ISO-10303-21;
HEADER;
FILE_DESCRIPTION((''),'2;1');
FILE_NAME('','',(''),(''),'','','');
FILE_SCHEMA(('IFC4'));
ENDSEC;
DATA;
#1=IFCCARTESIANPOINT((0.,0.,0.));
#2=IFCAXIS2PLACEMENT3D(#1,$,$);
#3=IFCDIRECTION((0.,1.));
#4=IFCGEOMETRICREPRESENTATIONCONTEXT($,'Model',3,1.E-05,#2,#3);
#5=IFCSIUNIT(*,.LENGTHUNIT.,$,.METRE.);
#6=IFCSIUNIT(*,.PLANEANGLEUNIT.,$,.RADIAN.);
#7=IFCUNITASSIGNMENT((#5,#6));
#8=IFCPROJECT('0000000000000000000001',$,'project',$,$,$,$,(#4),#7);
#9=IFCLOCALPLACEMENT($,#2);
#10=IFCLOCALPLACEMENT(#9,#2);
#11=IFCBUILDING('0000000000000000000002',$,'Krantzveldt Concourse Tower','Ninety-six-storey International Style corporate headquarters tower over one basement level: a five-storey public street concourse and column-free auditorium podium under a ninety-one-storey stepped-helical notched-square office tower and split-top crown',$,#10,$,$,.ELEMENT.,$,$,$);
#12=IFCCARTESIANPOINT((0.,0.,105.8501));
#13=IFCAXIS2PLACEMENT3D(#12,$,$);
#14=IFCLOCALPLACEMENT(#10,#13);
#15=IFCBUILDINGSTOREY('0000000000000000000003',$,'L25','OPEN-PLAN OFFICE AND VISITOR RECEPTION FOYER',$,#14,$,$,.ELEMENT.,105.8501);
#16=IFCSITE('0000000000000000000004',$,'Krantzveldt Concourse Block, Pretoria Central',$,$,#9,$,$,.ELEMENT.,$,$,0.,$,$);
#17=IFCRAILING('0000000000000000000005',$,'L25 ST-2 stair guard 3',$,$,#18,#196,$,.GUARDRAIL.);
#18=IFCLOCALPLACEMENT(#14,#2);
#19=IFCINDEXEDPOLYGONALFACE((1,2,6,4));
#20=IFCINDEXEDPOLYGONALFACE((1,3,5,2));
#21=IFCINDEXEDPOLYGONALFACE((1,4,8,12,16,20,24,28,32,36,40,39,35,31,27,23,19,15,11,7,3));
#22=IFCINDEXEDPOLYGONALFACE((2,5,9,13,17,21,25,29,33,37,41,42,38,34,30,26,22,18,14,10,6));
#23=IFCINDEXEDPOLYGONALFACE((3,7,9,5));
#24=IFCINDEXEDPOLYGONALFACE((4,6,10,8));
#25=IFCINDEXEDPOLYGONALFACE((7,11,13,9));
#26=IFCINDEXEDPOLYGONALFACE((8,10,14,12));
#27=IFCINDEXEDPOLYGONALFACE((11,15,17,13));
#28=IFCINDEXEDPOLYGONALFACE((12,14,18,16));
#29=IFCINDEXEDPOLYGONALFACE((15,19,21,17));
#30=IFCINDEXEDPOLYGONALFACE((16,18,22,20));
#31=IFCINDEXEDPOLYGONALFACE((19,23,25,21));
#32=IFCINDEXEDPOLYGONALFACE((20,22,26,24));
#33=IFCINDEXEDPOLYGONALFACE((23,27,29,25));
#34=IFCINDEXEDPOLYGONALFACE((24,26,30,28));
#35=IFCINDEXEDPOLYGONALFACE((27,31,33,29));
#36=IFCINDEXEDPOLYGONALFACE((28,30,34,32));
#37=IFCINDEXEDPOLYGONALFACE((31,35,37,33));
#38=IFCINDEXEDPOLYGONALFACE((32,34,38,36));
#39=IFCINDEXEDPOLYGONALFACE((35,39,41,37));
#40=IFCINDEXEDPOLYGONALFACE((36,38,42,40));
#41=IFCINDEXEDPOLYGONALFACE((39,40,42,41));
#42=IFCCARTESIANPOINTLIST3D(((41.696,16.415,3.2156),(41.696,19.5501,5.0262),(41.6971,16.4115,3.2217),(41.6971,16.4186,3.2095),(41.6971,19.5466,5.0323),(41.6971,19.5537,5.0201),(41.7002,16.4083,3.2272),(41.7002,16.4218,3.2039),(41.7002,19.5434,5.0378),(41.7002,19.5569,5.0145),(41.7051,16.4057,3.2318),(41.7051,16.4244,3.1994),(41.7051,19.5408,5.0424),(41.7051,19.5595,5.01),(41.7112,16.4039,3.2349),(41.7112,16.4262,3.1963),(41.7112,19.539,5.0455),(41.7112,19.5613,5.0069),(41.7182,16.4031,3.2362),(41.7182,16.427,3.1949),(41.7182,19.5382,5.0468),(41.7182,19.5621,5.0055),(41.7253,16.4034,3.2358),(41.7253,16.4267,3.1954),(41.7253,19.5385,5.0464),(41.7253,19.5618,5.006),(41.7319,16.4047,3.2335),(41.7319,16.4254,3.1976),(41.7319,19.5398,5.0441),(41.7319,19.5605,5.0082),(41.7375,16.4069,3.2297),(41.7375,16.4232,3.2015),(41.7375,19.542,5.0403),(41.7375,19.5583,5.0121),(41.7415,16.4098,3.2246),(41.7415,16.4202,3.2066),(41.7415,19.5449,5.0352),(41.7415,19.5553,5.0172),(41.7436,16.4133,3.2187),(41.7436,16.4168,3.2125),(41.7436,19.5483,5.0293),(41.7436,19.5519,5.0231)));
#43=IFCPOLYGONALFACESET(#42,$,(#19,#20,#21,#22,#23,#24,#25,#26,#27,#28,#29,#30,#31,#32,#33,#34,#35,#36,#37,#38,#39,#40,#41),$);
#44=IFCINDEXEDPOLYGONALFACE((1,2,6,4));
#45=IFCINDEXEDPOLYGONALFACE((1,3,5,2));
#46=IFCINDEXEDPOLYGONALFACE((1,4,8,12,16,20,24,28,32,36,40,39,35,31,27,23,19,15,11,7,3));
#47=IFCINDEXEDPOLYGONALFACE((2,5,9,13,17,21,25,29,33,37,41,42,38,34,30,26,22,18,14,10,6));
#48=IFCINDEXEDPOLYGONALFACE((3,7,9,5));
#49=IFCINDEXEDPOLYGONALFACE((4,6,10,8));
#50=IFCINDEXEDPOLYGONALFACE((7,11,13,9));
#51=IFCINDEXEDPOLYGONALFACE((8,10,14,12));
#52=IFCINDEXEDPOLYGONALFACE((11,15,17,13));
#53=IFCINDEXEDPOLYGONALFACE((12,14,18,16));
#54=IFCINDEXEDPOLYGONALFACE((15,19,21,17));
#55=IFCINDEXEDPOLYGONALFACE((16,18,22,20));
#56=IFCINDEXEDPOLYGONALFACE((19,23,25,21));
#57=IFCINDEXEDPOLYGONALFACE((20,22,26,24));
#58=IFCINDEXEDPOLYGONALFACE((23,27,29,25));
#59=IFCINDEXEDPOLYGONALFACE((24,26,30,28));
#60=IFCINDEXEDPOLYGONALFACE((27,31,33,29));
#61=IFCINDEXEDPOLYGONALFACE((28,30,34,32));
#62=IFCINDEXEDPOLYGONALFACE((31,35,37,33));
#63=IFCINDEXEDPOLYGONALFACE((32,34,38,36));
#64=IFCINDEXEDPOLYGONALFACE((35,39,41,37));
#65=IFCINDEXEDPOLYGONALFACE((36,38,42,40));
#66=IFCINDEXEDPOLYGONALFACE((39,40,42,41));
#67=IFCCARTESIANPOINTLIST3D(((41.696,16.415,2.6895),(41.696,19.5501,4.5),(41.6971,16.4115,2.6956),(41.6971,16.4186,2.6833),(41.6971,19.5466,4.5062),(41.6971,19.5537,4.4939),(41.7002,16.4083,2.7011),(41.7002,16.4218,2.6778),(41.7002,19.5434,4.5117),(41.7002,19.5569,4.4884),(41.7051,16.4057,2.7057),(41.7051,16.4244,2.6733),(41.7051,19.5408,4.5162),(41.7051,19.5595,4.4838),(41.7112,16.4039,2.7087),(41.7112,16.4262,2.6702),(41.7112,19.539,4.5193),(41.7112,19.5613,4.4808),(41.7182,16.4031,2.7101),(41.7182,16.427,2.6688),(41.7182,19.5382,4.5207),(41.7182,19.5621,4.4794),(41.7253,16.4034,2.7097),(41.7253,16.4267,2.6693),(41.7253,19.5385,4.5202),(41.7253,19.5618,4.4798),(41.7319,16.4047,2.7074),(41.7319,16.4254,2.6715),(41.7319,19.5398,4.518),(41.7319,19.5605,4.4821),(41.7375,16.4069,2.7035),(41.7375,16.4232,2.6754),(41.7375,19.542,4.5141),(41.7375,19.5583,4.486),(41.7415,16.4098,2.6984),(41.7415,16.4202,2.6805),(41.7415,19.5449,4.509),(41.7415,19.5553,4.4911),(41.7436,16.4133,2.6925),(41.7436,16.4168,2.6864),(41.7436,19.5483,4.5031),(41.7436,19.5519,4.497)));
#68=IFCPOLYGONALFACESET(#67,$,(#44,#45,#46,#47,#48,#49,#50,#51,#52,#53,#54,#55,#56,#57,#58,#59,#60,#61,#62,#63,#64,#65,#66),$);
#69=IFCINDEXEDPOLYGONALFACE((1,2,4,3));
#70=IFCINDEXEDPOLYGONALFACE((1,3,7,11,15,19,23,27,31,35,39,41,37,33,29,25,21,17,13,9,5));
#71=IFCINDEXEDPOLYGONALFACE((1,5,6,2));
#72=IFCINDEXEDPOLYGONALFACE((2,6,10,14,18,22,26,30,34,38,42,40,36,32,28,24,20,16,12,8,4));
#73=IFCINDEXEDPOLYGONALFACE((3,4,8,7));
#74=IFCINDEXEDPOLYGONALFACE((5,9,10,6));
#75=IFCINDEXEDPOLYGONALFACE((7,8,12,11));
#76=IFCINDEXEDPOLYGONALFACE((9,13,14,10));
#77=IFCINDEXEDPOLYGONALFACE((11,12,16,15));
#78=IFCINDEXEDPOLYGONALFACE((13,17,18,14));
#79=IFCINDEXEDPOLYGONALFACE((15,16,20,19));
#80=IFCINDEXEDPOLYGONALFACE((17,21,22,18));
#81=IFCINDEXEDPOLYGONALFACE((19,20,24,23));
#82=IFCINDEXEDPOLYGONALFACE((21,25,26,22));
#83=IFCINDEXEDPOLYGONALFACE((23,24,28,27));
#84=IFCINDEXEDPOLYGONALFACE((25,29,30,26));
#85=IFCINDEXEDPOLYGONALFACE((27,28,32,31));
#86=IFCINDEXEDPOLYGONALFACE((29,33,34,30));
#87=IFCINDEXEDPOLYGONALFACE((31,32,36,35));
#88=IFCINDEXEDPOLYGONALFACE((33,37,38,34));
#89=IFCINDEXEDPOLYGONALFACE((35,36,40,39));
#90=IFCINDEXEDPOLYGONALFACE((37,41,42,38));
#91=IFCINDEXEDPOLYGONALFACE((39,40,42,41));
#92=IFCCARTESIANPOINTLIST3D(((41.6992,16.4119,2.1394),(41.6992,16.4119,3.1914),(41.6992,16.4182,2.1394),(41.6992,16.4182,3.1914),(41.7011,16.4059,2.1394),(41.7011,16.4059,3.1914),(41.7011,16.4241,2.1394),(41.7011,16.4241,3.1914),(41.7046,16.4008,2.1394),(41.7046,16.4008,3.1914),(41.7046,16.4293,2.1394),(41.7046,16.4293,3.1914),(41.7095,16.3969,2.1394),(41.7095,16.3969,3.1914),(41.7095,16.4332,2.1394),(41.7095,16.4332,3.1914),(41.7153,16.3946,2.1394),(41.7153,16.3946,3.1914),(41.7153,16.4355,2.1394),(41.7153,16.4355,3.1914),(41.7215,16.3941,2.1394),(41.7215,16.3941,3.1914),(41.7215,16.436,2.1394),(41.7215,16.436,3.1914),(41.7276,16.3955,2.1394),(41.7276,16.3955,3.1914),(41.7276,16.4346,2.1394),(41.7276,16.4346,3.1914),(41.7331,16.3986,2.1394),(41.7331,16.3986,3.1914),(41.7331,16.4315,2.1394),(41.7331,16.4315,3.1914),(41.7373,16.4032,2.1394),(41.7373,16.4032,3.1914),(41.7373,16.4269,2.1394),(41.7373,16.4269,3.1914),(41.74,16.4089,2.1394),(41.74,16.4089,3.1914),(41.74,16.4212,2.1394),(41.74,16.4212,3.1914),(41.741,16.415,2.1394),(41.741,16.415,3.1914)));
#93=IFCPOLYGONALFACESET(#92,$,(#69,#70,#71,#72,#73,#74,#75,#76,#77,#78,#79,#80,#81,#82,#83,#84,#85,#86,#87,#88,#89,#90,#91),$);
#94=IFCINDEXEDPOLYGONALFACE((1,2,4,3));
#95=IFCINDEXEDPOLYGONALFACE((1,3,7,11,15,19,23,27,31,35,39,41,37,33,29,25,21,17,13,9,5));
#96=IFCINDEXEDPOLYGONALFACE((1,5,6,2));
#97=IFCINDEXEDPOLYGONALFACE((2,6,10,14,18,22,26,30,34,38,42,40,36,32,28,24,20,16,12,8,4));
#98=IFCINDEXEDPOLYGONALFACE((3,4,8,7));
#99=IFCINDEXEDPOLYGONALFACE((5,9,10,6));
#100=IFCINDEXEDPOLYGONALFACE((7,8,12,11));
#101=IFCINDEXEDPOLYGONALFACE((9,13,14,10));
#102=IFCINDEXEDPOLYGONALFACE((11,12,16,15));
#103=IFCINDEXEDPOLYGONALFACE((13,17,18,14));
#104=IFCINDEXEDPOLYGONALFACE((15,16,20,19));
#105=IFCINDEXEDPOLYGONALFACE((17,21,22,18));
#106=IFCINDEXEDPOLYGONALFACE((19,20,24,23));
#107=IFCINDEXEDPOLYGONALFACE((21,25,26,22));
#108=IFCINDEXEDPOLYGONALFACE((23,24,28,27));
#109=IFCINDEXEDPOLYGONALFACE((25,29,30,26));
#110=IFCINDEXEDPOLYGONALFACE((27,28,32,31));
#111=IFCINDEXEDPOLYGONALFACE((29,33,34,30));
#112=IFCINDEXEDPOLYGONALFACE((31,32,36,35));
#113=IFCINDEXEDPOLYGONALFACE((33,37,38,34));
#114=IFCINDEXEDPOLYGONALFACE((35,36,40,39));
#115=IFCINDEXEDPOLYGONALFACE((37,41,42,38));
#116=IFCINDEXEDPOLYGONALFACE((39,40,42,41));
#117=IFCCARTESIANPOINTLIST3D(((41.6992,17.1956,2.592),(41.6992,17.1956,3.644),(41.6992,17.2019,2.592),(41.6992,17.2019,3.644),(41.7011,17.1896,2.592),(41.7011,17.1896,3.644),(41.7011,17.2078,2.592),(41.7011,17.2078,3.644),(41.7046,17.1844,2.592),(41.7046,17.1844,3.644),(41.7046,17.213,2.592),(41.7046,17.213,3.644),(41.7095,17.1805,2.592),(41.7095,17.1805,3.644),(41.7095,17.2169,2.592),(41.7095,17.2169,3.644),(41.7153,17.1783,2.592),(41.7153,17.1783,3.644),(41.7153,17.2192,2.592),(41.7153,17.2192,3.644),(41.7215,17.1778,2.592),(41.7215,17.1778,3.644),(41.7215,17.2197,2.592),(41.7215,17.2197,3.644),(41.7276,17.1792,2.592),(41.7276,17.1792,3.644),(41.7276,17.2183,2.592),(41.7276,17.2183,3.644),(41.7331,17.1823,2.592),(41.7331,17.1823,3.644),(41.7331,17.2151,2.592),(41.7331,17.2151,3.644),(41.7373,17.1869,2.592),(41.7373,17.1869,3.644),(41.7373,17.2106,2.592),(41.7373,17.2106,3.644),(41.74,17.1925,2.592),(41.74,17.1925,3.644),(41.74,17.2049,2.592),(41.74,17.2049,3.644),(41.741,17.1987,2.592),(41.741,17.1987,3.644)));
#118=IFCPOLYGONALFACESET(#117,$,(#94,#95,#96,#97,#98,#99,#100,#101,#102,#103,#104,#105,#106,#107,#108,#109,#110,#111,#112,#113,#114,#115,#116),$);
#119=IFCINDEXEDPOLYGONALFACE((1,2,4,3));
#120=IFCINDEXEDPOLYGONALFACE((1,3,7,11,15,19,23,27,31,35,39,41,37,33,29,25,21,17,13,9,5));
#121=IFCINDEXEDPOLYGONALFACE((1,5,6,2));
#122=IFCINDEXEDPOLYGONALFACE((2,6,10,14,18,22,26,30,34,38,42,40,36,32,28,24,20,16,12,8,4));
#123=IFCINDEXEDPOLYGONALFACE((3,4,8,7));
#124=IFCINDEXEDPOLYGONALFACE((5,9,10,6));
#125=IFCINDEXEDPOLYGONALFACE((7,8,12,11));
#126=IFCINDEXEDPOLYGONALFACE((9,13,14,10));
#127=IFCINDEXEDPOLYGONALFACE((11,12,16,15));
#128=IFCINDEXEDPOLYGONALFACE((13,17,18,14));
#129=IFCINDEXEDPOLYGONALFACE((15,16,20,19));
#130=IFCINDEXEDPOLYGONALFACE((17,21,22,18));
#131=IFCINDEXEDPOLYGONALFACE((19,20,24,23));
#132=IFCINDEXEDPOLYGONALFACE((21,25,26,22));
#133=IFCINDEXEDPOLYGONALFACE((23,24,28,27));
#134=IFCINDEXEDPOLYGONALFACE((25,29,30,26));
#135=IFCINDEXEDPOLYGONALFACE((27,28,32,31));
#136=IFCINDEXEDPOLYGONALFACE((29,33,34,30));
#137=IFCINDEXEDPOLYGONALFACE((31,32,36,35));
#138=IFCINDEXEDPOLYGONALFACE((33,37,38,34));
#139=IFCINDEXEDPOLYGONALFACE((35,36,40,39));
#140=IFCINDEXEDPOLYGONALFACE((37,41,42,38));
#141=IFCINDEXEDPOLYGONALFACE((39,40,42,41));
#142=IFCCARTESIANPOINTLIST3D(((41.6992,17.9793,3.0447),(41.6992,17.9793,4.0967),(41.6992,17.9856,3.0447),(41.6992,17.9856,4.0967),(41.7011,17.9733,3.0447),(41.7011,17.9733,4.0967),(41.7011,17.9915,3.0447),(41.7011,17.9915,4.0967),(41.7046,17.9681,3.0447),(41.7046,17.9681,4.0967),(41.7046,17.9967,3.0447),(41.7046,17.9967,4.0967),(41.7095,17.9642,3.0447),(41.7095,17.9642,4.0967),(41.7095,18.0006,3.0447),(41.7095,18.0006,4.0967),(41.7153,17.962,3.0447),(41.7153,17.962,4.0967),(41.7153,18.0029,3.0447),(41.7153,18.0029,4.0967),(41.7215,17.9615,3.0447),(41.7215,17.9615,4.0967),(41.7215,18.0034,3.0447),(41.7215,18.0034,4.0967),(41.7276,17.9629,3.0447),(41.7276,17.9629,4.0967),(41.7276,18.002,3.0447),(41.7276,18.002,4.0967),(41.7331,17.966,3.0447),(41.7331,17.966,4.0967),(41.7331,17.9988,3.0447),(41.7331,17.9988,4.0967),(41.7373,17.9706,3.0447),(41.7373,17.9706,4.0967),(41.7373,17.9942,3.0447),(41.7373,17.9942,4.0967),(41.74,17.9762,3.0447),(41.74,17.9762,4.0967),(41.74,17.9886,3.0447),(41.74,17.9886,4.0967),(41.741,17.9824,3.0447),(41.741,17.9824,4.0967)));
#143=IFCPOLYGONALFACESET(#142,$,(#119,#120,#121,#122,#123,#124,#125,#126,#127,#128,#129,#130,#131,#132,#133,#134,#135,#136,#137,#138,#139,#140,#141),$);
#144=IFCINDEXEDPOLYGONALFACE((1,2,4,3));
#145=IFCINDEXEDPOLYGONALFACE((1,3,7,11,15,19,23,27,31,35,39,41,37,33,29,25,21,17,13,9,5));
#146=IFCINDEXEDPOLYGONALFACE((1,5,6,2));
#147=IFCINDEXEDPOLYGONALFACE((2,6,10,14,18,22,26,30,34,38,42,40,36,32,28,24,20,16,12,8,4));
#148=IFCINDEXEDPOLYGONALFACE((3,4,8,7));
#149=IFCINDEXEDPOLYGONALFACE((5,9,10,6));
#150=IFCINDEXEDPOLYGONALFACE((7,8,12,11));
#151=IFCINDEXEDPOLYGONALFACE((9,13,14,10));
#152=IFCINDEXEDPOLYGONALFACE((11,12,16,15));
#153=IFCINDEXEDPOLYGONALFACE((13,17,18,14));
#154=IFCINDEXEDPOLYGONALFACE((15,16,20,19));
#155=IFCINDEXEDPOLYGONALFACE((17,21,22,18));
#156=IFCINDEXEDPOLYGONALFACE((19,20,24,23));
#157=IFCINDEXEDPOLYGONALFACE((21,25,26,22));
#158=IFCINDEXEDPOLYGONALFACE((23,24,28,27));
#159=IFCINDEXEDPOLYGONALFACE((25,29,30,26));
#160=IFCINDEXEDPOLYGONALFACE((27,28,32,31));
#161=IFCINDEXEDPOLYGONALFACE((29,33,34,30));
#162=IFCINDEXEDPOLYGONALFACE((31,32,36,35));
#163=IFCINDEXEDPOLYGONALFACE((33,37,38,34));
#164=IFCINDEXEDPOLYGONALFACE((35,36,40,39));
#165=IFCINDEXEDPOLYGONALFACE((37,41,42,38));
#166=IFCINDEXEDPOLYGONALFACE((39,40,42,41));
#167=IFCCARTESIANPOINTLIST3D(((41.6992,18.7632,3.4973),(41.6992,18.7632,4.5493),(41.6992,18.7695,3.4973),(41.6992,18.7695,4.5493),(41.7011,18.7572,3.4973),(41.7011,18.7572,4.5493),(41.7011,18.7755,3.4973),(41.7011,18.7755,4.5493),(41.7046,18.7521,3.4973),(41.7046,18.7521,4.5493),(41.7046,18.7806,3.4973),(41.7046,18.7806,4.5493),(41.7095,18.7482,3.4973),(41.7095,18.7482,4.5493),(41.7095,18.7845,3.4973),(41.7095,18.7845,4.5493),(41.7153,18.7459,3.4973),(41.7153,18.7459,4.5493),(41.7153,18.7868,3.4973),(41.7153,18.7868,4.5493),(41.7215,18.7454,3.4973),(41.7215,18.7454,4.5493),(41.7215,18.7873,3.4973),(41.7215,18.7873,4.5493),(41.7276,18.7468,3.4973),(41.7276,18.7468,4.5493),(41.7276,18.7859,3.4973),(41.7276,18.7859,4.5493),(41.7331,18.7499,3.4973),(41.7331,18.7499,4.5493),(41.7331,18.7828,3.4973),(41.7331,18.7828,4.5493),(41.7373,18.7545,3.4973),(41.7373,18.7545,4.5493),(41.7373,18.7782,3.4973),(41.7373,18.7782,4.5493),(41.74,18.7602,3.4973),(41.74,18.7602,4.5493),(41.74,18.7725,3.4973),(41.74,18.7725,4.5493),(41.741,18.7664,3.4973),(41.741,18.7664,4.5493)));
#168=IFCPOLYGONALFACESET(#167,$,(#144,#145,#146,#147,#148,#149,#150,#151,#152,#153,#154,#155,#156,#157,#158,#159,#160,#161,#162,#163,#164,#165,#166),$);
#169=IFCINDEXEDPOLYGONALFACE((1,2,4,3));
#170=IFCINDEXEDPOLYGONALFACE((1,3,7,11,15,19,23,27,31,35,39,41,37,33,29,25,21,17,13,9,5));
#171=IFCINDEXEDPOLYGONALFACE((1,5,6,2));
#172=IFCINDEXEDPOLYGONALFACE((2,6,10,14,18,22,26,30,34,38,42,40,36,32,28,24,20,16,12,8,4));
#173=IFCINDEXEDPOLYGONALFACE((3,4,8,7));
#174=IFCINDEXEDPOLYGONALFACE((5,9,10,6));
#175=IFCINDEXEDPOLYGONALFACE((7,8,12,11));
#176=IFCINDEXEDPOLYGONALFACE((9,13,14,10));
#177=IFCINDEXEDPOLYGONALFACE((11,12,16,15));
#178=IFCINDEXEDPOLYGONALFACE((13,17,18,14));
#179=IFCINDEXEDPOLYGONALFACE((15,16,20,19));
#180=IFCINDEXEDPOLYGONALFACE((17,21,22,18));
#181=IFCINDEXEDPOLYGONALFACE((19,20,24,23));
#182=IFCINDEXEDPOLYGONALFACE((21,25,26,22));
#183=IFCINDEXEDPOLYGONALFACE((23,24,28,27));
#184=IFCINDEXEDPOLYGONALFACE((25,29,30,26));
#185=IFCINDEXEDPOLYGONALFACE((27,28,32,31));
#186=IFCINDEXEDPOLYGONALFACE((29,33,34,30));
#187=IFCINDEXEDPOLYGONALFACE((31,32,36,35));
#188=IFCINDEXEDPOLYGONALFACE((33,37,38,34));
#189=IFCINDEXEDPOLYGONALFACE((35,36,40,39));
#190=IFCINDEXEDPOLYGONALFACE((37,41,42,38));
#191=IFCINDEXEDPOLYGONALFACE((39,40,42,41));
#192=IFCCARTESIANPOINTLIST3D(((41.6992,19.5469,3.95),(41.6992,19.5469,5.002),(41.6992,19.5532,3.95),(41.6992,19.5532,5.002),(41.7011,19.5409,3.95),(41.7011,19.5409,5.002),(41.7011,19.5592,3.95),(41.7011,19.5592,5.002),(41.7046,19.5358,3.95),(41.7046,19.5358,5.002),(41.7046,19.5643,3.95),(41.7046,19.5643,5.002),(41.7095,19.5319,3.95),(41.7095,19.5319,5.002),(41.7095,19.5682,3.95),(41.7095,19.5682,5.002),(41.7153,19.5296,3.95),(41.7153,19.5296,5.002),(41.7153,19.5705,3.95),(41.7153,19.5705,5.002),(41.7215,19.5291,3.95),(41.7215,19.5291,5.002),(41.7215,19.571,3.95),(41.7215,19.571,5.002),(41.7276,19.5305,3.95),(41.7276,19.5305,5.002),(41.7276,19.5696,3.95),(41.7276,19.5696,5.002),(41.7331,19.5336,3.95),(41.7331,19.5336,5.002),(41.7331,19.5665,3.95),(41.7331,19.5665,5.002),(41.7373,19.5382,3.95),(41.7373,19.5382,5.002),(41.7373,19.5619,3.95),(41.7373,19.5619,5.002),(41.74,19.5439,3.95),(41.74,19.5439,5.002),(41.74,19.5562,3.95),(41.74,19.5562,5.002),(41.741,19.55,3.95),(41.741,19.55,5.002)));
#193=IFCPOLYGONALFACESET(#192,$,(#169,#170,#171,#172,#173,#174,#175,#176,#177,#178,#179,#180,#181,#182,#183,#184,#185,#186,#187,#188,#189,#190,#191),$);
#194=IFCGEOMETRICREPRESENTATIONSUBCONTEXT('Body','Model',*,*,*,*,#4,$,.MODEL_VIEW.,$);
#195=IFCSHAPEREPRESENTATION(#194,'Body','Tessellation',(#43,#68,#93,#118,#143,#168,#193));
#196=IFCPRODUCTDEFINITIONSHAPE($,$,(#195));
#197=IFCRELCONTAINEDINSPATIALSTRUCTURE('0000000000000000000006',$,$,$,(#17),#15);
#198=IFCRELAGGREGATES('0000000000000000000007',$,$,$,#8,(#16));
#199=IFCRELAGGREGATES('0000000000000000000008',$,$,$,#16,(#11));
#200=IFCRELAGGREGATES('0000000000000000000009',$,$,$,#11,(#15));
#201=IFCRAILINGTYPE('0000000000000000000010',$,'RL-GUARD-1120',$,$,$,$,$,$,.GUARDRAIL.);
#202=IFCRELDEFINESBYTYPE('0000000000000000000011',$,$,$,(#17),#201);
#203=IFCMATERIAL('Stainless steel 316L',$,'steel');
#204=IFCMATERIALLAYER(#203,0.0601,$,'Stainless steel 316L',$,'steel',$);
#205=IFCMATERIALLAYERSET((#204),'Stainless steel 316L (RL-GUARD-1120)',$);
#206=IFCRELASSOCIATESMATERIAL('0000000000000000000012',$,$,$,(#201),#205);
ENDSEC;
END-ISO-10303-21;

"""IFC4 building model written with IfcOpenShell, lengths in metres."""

from ifc_helpers import new_model, si_unit, direction, frame, origin, origin_2d, place, context, subcontext, project, spatial, circle, extrude, material, layer, layer_set, type_object, element, save


model = new_model("IFC4")

# Units and contexts
model_context = context("Model", 3, precision=1e-05, world=origin(), true_north=direction((0.0, 1.0)))
body_context = subcontext(model_context, "Body", "Model", "MODEL_VIEW")
ifc_project = project(units=[si_unit("LENGTHUNIT", "METRE"), si_unit("PLANEANGLEUNIT", "RADIAN")], contexts=[model_context])

# Site, building, storey
site_placement = place(None, origin())
site = spatial("IfcSite", under=ifc_project, at=site_placement, Name="Krantzveldt Concourse Block, Pretoria Central", CompositionType="ELEMENT", RefElevation=0.0)
building_placement = place(site_placement, origin())
building = spatial("IfcBuilding", under=site, at=building_placement, Name="Krantzveldt Concourse Tower", Description="Ninety-six-storey International Style corporate headquarters tower over one basement level: a five-storey public street concourse and column-free auditorium podium under a ninety-one-storey stepped-helical notched-square office tower and split-top crown", CompositionType="ELEMENT")
storey_placement = place(building_placement, frame((0.0, 0.0, 105.8501)))
storey = spatial("IfcBuildingStorey", under=building, at=storey_placement, Name="L25", Description="OPEN-PLAN OFFICE AND VISITOR RECEPTION FOYER", CompositionType="ELEMENT", Elevation=105.8501)

# Shared definitions
ifc_material_1 = material(Name="Stainless steel 316L", Category="steel")

# Railing
ifc_layer_1 = layer(ifc_material_1, 0.0601, Name="Stainless steel 316L", Category="steel")
ifc_layer_set_1 = layer_set([ifc_layer_1], Name="Stainless steel 316L (RL-GUARD-1120)")
railing_type_1 = type_object("IfcRailingType", Name="RL-GUARD-1120", PredefinedType="GUARDRAIL", material=ifc_layer_set_1)
railing_1_placement = place(storey_placement, frame((41.72, 16.415, 2.1394)))
element("IfcRailing", 1, at=railing_1_placement, inside=storey, type_object=railing_type_1, Name="L25 ST-2 stair guard 3", PredefinedType="GUARDRAIL", context=body_context, shape_type="SweptSolid", body=[
    extrude(circle(Radius=0.0239, at=origin_2d()), frame((0.0, 0.0, 1.0762), z_axis=(0.0, 0.86596, 0.500114), x_axis=(-1.0, 0.0, 0.0)), (0.0, 0.0, 1.0), 3.6204),
    extrude(circle(Radius=0.0239, at=origin_2d()), frame((0.0, 0.0, 0.55), z_axis=(0.0, 0.86596, 0.500114), x_axis=(-1.0, 0.0, 0.0)), (0.0, 0.0, 1.0), 3.6204),
    extrude(circle(Radius=0.021, at=origin_2d()), origin(), (0.0, 0.0, 1.0), 1.052),
    extrude(circle(Radius=0.021, at=origin_2d()), frame((0.0, 0.7837, 0.4526)), (0.0, 0.0, 1.0), 1.052),
    extrude(circle(Radius=0.021, at=origin_2d()), frame((0.0, 1.5674, 0.9053)), (0.0, 0.0, 1.0), 1.052),
    extrude(circle(Radius=0.021, at=origin_2d()), frame((0.0, 2.3513, 1.3579)), (0.0, 0.0, 1.0), 1.052),
    extrude(circle(Radius=0.021, at=origin_2d()), frame((0.0, 3.135, 1.8105)), (0.0, 0.0, 1.0), 1.052),
])

save(model, "model.ifc")
